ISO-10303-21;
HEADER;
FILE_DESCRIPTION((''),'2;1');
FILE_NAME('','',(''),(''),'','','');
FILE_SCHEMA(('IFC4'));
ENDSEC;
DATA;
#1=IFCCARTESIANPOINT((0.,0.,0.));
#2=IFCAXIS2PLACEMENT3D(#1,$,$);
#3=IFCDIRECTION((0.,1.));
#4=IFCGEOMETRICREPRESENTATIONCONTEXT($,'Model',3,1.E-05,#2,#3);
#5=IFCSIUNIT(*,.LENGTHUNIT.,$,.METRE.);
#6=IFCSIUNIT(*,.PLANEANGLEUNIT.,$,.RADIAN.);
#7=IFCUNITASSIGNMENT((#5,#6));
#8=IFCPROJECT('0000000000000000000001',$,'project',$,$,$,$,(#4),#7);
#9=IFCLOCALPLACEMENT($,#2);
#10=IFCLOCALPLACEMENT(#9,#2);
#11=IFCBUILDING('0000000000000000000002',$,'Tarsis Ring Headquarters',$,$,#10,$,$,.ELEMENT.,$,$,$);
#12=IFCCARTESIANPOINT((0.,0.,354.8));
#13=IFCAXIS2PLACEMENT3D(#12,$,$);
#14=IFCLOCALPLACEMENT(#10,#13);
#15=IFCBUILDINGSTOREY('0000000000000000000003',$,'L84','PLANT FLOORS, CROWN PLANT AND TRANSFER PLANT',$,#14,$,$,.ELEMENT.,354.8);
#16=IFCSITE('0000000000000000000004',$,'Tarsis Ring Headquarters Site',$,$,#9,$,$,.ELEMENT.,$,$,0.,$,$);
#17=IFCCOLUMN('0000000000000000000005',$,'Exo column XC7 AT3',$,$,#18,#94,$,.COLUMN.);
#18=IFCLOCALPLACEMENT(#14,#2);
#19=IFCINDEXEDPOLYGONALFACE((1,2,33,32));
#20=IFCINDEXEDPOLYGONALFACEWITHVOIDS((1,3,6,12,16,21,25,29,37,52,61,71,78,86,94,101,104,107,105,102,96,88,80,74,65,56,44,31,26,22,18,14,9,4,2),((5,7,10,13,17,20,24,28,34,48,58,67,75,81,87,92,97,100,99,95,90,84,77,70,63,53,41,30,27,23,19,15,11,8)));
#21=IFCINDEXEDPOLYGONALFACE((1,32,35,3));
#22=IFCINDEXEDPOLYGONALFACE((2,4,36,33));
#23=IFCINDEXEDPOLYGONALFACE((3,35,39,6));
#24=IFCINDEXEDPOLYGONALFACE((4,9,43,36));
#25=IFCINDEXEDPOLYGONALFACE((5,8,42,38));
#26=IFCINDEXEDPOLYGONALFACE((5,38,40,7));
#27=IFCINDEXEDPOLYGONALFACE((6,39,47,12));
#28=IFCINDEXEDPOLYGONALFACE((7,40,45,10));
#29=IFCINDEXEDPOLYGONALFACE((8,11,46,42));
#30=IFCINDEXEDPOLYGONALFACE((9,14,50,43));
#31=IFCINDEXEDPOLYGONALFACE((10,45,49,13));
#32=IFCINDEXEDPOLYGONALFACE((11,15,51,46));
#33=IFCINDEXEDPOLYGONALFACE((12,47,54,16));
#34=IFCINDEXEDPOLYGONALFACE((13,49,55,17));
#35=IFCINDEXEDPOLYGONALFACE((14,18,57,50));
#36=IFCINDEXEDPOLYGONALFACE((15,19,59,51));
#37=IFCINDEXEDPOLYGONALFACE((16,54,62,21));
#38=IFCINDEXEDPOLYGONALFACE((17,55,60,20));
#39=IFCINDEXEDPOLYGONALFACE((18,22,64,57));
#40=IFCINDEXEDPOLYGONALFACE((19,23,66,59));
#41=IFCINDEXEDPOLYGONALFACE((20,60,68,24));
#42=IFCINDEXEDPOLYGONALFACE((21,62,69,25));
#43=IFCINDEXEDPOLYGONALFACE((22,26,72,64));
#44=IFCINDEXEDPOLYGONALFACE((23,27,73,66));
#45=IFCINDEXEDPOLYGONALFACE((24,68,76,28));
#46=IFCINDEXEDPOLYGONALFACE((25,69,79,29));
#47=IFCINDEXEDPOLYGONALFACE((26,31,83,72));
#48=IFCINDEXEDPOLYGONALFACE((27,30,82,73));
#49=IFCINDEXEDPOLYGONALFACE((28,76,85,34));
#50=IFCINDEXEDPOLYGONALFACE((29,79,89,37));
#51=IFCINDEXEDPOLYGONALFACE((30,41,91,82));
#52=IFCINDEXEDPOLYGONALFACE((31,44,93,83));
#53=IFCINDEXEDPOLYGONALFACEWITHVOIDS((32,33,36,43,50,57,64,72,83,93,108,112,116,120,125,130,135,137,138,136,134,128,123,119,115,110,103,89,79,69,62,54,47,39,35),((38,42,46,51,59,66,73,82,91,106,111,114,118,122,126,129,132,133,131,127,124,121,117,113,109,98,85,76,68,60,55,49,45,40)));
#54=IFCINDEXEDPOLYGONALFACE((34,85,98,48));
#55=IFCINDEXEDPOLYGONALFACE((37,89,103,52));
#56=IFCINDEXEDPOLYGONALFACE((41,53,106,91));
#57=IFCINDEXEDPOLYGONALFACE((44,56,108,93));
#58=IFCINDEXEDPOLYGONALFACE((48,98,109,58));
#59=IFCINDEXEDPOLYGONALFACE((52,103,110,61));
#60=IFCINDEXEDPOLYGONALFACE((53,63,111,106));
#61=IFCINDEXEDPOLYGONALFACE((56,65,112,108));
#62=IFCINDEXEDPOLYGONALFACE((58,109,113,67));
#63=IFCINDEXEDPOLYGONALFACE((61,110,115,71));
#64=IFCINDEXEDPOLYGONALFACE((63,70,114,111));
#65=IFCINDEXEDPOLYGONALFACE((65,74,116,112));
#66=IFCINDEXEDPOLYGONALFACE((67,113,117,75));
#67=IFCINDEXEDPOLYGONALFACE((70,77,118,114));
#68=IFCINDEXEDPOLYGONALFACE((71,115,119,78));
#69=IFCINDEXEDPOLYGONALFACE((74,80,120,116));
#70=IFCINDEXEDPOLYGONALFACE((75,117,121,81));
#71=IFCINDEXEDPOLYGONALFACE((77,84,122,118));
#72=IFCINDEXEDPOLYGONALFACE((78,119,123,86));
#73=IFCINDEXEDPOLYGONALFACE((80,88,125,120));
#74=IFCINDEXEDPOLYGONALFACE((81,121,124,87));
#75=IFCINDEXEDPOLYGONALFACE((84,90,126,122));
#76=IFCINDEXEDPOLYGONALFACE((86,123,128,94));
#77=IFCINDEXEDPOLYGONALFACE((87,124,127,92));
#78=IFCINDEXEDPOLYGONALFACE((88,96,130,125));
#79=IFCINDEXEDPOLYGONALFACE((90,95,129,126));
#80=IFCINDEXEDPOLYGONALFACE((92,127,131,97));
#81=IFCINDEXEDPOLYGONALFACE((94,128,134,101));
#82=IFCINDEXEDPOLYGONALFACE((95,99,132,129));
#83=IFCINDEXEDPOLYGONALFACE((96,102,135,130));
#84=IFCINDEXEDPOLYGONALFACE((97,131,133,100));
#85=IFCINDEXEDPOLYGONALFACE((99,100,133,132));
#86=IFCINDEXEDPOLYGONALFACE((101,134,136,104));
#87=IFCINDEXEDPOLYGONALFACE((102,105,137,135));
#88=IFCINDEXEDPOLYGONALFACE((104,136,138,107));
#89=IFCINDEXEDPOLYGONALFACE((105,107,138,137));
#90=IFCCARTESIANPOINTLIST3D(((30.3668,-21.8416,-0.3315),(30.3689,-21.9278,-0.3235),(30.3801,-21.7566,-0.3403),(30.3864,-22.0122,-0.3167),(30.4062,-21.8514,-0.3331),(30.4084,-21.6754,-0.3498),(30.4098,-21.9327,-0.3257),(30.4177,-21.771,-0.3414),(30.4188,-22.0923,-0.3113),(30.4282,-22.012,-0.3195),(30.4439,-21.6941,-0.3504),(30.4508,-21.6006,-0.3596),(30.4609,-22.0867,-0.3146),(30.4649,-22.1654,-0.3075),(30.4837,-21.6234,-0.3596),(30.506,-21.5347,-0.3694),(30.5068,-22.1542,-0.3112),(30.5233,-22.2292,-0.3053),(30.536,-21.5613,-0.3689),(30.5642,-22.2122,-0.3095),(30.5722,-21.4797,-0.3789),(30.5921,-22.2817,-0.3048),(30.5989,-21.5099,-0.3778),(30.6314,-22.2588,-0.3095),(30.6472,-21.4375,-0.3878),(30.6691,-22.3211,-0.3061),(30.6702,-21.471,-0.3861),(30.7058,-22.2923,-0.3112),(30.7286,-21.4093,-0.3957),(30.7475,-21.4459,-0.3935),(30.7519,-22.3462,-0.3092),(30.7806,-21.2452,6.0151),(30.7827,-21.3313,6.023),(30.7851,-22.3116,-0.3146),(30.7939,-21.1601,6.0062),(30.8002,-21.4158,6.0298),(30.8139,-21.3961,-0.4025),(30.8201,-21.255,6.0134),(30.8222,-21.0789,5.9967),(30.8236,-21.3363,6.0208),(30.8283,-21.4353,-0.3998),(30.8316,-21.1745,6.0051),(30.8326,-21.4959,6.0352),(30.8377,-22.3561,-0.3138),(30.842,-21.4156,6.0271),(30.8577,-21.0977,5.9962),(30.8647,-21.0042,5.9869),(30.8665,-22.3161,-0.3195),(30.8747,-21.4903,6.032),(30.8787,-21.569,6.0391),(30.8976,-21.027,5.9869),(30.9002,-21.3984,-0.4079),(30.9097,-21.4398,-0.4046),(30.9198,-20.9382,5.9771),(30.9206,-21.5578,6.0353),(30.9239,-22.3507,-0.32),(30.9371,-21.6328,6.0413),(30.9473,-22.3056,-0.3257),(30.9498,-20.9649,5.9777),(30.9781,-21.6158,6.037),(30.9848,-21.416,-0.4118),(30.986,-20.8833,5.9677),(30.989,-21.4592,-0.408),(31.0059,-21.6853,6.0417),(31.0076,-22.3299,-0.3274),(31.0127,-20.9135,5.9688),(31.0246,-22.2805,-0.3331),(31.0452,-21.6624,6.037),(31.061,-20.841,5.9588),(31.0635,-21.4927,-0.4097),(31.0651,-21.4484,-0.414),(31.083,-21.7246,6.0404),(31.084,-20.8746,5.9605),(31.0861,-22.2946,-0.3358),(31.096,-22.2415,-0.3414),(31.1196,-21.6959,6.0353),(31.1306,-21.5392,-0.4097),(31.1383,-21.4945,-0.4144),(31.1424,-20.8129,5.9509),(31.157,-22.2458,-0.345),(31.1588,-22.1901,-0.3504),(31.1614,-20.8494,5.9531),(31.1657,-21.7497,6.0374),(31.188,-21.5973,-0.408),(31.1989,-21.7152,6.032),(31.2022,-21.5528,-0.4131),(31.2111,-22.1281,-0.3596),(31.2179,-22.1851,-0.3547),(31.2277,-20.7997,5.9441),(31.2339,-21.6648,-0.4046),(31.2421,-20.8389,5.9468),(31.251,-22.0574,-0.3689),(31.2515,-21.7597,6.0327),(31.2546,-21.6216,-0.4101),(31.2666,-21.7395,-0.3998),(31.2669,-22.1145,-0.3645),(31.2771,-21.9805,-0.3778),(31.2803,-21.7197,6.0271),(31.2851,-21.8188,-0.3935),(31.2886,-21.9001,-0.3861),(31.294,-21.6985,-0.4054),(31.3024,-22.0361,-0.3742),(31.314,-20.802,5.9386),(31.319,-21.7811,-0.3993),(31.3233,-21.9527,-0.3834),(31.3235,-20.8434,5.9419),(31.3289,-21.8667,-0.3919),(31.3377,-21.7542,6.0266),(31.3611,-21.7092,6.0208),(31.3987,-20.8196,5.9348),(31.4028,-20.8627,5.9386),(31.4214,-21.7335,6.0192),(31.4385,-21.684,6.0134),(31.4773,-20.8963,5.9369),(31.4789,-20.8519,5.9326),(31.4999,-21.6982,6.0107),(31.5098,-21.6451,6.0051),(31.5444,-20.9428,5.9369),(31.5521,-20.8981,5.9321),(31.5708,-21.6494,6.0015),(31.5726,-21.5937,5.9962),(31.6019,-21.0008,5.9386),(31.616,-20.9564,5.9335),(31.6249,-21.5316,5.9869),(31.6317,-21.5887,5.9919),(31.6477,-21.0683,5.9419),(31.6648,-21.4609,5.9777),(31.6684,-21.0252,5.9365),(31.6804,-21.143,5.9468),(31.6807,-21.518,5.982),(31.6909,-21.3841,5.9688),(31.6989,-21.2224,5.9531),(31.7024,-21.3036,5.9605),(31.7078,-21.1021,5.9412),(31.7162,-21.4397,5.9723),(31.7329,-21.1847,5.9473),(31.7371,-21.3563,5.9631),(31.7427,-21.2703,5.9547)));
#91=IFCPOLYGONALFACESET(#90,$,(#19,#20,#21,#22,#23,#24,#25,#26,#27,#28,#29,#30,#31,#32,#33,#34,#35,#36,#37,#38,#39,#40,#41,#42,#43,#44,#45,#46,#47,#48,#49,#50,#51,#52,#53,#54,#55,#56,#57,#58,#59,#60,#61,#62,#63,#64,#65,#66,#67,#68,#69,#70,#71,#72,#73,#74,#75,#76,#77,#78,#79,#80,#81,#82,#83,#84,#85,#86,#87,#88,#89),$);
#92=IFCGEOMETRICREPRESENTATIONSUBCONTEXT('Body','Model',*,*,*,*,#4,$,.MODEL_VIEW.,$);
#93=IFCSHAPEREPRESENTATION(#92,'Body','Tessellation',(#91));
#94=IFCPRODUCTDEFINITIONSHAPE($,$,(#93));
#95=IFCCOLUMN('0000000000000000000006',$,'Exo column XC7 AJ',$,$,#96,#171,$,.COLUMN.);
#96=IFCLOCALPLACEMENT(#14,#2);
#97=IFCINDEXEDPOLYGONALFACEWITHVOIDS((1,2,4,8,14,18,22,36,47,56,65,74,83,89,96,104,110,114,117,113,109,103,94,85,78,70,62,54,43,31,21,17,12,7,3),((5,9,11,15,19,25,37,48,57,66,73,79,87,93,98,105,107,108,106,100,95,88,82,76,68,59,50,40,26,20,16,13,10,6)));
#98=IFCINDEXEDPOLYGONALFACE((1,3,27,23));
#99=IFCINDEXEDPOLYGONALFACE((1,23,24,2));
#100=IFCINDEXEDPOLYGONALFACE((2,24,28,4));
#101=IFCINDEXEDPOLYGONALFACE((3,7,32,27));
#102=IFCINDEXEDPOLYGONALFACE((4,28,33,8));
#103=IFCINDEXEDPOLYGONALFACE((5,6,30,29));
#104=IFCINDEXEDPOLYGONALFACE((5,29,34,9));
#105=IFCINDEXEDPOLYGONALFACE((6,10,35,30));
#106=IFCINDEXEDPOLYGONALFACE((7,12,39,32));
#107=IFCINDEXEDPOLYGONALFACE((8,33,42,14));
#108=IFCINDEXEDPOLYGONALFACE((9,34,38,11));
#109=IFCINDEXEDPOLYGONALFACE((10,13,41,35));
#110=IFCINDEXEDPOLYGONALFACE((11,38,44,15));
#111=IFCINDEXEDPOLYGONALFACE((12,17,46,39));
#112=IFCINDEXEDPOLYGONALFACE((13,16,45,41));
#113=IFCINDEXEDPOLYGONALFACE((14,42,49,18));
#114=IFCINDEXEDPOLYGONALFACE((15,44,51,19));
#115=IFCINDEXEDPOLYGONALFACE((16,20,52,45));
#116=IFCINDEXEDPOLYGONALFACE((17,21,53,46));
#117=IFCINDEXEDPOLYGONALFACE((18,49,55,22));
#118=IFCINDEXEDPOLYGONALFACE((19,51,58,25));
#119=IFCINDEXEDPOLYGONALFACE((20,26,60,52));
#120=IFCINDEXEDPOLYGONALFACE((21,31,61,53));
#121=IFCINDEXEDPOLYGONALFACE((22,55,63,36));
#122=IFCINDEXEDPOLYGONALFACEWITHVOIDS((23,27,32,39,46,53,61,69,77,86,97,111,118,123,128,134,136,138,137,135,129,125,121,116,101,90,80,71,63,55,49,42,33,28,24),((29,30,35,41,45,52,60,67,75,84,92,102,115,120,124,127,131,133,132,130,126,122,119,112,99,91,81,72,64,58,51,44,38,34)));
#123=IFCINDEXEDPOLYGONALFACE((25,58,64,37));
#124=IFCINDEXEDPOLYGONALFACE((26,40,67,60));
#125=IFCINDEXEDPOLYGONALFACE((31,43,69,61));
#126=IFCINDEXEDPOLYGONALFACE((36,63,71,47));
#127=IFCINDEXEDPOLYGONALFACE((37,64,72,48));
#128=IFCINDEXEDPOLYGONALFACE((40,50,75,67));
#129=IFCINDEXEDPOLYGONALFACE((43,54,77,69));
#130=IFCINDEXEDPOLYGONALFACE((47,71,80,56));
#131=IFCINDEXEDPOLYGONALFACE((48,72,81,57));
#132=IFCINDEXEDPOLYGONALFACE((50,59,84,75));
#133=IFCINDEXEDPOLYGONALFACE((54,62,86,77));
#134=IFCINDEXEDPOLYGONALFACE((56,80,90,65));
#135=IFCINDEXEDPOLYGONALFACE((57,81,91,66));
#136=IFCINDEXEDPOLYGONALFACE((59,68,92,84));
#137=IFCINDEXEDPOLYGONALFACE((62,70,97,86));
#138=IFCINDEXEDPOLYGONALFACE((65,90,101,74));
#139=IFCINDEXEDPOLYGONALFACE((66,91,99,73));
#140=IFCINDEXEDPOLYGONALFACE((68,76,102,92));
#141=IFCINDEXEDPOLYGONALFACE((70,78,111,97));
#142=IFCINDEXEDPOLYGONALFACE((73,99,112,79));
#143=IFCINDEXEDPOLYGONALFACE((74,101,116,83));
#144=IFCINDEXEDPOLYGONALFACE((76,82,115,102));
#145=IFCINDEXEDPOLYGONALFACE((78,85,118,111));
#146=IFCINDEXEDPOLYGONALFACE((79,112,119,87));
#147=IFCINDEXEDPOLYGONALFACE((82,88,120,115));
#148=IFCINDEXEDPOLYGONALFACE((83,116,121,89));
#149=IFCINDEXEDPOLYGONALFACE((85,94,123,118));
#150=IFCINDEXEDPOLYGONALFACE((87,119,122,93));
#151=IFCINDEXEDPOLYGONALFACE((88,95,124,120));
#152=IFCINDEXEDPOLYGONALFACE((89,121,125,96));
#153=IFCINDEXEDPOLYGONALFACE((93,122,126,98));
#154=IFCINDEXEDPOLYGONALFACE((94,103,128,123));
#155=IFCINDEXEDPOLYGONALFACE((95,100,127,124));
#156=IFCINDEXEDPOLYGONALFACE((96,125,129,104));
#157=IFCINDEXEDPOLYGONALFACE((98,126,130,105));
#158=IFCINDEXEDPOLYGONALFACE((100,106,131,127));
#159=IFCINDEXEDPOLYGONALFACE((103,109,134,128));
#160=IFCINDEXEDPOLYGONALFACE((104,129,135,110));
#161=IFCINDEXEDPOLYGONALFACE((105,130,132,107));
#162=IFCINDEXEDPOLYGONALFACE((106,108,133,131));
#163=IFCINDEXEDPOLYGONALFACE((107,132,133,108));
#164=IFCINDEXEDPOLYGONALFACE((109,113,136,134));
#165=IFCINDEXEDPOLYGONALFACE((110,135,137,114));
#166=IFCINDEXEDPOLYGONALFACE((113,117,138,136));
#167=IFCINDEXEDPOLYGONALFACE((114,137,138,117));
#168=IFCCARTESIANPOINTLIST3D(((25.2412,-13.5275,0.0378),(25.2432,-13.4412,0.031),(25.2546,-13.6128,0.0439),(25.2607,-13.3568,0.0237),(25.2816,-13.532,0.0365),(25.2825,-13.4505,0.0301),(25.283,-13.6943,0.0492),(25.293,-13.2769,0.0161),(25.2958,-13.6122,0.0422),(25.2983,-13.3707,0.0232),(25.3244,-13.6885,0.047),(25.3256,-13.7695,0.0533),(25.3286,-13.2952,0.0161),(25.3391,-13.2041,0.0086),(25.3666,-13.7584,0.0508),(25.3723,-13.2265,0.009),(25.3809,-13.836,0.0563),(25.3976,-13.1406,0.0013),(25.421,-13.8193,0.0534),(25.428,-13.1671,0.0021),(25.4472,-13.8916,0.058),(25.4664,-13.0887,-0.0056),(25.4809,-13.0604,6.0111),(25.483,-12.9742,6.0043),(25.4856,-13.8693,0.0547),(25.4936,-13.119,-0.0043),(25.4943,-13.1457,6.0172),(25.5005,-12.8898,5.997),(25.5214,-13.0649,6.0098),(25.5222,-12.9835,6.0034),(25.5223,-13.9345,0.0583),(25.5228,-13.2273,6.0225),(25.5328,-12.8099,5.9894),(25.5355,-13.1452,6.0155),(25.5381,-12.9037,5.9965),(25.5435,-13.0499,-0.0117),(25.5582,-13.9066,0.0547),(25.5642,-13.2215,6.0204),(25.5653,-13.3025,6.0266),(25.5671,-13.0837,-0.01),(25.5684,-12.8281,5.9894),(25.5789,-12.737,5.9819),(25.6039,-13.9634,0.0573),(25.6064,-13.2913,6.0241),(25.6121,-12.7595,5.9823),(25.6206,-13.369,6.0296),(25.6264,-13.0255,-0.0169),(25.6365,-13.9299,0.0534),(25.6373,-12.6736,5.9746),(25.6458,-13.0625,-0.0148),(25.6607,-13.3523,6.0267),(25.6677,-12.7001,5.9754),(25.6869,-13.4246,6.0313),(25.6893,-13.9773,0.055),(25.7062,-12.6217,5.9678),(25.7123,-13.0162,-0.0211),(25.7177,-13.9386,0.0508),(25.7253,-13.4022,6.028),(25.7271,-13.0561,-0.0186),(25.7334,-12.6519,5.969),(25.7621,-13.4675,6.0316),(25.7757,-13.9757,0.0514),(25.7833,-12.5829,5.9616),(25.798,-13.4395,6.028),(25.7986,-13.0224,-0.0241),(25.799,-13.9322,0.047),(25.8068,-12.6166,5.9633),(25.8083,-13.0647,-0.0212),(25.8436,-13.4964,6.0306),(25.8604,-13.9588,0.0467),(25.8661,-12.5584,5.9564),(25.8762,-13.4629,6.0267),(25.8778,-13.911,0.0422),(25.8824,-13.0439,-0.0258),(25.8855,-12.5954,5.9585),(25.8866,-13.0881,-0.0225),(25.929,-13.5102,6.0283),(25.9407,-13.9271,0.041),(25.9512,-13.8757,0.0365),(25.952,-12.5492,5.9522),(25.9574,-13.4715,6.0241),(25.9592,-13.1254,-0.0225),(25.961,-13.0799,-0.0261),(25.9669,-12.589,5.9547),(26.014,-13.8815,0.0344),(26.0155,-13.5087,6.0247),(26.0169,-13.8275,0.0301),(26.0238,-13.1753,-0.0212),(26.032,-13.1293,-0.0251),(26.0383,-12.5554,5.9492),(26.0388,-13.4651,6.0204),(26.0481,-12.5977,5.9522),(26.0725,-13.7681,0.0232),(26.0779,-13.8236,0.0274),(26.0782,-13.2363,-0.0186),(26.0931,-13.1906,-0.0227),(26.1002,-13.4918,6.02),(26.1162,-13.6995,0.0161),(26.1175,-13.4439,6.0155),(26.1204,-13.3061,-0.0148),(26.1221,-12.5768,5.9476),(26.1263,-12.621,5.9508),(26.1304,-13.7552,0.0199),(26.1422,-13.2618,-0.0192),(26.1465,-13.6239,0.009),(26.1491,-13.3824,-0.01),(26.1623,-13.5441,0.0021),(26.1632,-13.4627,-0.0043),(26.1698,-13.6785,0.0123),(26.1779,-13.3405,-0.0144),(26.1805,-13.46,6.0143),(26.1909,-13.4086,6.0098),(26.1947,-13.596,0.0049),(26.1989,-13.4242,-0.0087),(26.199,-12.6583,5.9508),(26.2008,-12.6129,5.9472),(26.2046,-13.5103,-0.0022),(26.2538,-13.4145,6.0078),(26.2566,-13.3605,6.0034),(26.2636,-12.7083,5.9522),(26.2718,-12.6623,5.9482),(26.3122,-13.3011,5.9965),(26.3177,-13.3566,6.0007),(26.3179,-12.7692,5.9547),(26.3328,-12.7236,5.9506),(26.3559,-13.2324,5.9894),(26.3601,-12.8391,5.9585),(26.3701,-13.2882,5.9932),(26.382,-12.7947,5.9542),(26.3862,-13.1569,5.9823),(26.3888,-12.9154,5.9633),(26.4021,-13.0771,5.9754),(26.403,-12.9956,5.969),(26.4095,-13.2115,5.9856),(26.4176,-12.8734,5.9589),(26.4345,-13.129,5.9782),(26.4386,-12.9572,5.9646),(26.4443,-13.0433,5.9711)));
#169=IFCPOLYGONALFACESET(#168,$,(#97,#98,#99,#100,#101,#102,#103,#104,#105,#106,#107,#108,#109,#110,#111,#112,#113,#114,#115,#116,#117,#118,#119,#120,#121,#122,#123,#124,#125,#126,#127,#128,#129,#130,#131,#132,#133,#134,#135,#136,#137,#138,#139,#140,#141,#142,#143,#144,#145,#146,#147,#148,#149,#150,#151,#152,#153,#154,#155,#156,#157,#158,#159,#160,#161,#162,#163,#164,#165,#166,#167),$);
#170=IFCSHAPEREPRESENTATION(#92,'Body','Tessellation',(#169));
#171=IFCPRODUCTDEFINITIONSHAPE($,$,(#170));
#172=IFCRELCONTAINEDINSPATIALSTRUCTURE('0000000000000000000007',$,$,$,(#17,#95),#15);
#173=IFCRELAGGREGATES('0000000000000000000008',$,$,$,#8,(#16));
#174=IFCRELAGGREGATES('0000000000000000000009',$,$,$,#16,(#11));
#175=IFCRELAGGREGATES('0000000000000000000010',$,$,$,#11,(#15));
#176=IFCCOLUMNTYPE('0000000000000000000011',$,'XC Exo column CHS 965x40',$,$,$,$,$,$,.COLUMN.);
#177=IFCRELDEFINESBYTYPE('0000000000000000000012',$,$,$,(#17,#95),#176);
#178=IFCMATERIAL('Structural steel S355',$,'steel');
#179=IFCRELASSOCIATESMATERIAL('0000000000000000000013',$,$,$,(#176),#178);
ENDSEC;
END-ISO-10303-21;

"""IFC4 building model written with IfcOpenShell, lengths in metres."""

from ifc_helpers import new_model, si_unit, direction, frame, origin, origin_2d, place, context, subcontext, project, spatial, hollow_circle, extrude, material, material_profile, profile_set, type_object, element, save


model = new_model("IFC4")

# Units and contexts
model_context = context("Model", 3, precision=1e-05, world=origin(), true_north=direction((0.0, 1.0)))
body_context = subcontext(model_context, "Body", "Model", "MODEL_VIEW")
ifc_project = project(units=[si_unit("LENGTHUNIT", "METRE"), si_unit("PLANEANGLEUNIT", "RADIAN")], contexts=[model_context])

# Site, building, storey
site_placement = place(None, origin())
site = spatial("IfcSite", under=ifc_project, at=site_placement, Name="Tarsis Ring Headquarters Site", CompositionType="ELEMENT", RefElevation=0.0)
building_placement = place(site_placement, origin())
building = spatial("IfcBuilding", under=site, at=building_placement, Name="Tarsis Ring Headquarters", CompositionType="ELEMENT")
storey_placement = place(building_placement, frame((0.0, 0.0, 354.8)))
storey = spatial("IfcBuildingStorey", under=building, at=storey_placement, Name="L84", Description="PLANT FLOORS, CROWN PLANT AND TRANSFER PLANT", CompositionType="ELEMENT", Elevation=354.8)

# Columns
ifc_material_1 = material(Name="Structural steel S355", Category="steel")
ifc_material_profile_1 = material_profile(ifc_material_1, hollow_circle(Radius=0.4827, WallThickness=0.04, at=origin_2d()), Name="CHS 965x40")
ifc_profile_set_1 = profile_set([ifc_material_profile_1], Name="Structural steel S355")
column_type = type_object("IfcColumnType", Name="XC Exo column CHS 965x40", PredefinedType="COLUMN", material=ifc_profile_set_1)
column_1_placement = place(storey_placement, frame((30.8474, -21.8757, -0.3596), z_axis=(0.06478, 0.093367, 0.993522), x_axis=(-0.821611, 0.570049, 0.0)))
element("IfcColumn", 1, at=column_1_placement, inside=storey, type_object=column_type, Name="Exo column XC7 AT3", PredefinedType="COLUMN", context=body_context, shape_type="SweptSolid", body=[
    extrude(hollow_circle(Radius=0.4827, WallThickness=0.04, at=origin_2d()), origin(), (0.0, 0.0, 1.0), 6.3879),
])
column_2_placement = place(storey_placement, frame((25.7224, -13.4973, 0.0161), z_axis=(0.039982, 0.077887, 0.99616), x_axis=(-0.889633, 0.456675, 0.0)))
element("IfcColumn", 2, at=column_2_placement, inside=storey, type_object=column_type, Name="Exo column XC7 AJ", PredefinedType="COLUMN", context=body_context, shape_type="SweptSolid", body=[
    extrude(hollow_circle(Radius=0.4827, WallThickness=0.04, at=origin_2d()), origin(), (0.0, 0.0, 1.0), 5.9963),
])

save(model, "model.ifc")
